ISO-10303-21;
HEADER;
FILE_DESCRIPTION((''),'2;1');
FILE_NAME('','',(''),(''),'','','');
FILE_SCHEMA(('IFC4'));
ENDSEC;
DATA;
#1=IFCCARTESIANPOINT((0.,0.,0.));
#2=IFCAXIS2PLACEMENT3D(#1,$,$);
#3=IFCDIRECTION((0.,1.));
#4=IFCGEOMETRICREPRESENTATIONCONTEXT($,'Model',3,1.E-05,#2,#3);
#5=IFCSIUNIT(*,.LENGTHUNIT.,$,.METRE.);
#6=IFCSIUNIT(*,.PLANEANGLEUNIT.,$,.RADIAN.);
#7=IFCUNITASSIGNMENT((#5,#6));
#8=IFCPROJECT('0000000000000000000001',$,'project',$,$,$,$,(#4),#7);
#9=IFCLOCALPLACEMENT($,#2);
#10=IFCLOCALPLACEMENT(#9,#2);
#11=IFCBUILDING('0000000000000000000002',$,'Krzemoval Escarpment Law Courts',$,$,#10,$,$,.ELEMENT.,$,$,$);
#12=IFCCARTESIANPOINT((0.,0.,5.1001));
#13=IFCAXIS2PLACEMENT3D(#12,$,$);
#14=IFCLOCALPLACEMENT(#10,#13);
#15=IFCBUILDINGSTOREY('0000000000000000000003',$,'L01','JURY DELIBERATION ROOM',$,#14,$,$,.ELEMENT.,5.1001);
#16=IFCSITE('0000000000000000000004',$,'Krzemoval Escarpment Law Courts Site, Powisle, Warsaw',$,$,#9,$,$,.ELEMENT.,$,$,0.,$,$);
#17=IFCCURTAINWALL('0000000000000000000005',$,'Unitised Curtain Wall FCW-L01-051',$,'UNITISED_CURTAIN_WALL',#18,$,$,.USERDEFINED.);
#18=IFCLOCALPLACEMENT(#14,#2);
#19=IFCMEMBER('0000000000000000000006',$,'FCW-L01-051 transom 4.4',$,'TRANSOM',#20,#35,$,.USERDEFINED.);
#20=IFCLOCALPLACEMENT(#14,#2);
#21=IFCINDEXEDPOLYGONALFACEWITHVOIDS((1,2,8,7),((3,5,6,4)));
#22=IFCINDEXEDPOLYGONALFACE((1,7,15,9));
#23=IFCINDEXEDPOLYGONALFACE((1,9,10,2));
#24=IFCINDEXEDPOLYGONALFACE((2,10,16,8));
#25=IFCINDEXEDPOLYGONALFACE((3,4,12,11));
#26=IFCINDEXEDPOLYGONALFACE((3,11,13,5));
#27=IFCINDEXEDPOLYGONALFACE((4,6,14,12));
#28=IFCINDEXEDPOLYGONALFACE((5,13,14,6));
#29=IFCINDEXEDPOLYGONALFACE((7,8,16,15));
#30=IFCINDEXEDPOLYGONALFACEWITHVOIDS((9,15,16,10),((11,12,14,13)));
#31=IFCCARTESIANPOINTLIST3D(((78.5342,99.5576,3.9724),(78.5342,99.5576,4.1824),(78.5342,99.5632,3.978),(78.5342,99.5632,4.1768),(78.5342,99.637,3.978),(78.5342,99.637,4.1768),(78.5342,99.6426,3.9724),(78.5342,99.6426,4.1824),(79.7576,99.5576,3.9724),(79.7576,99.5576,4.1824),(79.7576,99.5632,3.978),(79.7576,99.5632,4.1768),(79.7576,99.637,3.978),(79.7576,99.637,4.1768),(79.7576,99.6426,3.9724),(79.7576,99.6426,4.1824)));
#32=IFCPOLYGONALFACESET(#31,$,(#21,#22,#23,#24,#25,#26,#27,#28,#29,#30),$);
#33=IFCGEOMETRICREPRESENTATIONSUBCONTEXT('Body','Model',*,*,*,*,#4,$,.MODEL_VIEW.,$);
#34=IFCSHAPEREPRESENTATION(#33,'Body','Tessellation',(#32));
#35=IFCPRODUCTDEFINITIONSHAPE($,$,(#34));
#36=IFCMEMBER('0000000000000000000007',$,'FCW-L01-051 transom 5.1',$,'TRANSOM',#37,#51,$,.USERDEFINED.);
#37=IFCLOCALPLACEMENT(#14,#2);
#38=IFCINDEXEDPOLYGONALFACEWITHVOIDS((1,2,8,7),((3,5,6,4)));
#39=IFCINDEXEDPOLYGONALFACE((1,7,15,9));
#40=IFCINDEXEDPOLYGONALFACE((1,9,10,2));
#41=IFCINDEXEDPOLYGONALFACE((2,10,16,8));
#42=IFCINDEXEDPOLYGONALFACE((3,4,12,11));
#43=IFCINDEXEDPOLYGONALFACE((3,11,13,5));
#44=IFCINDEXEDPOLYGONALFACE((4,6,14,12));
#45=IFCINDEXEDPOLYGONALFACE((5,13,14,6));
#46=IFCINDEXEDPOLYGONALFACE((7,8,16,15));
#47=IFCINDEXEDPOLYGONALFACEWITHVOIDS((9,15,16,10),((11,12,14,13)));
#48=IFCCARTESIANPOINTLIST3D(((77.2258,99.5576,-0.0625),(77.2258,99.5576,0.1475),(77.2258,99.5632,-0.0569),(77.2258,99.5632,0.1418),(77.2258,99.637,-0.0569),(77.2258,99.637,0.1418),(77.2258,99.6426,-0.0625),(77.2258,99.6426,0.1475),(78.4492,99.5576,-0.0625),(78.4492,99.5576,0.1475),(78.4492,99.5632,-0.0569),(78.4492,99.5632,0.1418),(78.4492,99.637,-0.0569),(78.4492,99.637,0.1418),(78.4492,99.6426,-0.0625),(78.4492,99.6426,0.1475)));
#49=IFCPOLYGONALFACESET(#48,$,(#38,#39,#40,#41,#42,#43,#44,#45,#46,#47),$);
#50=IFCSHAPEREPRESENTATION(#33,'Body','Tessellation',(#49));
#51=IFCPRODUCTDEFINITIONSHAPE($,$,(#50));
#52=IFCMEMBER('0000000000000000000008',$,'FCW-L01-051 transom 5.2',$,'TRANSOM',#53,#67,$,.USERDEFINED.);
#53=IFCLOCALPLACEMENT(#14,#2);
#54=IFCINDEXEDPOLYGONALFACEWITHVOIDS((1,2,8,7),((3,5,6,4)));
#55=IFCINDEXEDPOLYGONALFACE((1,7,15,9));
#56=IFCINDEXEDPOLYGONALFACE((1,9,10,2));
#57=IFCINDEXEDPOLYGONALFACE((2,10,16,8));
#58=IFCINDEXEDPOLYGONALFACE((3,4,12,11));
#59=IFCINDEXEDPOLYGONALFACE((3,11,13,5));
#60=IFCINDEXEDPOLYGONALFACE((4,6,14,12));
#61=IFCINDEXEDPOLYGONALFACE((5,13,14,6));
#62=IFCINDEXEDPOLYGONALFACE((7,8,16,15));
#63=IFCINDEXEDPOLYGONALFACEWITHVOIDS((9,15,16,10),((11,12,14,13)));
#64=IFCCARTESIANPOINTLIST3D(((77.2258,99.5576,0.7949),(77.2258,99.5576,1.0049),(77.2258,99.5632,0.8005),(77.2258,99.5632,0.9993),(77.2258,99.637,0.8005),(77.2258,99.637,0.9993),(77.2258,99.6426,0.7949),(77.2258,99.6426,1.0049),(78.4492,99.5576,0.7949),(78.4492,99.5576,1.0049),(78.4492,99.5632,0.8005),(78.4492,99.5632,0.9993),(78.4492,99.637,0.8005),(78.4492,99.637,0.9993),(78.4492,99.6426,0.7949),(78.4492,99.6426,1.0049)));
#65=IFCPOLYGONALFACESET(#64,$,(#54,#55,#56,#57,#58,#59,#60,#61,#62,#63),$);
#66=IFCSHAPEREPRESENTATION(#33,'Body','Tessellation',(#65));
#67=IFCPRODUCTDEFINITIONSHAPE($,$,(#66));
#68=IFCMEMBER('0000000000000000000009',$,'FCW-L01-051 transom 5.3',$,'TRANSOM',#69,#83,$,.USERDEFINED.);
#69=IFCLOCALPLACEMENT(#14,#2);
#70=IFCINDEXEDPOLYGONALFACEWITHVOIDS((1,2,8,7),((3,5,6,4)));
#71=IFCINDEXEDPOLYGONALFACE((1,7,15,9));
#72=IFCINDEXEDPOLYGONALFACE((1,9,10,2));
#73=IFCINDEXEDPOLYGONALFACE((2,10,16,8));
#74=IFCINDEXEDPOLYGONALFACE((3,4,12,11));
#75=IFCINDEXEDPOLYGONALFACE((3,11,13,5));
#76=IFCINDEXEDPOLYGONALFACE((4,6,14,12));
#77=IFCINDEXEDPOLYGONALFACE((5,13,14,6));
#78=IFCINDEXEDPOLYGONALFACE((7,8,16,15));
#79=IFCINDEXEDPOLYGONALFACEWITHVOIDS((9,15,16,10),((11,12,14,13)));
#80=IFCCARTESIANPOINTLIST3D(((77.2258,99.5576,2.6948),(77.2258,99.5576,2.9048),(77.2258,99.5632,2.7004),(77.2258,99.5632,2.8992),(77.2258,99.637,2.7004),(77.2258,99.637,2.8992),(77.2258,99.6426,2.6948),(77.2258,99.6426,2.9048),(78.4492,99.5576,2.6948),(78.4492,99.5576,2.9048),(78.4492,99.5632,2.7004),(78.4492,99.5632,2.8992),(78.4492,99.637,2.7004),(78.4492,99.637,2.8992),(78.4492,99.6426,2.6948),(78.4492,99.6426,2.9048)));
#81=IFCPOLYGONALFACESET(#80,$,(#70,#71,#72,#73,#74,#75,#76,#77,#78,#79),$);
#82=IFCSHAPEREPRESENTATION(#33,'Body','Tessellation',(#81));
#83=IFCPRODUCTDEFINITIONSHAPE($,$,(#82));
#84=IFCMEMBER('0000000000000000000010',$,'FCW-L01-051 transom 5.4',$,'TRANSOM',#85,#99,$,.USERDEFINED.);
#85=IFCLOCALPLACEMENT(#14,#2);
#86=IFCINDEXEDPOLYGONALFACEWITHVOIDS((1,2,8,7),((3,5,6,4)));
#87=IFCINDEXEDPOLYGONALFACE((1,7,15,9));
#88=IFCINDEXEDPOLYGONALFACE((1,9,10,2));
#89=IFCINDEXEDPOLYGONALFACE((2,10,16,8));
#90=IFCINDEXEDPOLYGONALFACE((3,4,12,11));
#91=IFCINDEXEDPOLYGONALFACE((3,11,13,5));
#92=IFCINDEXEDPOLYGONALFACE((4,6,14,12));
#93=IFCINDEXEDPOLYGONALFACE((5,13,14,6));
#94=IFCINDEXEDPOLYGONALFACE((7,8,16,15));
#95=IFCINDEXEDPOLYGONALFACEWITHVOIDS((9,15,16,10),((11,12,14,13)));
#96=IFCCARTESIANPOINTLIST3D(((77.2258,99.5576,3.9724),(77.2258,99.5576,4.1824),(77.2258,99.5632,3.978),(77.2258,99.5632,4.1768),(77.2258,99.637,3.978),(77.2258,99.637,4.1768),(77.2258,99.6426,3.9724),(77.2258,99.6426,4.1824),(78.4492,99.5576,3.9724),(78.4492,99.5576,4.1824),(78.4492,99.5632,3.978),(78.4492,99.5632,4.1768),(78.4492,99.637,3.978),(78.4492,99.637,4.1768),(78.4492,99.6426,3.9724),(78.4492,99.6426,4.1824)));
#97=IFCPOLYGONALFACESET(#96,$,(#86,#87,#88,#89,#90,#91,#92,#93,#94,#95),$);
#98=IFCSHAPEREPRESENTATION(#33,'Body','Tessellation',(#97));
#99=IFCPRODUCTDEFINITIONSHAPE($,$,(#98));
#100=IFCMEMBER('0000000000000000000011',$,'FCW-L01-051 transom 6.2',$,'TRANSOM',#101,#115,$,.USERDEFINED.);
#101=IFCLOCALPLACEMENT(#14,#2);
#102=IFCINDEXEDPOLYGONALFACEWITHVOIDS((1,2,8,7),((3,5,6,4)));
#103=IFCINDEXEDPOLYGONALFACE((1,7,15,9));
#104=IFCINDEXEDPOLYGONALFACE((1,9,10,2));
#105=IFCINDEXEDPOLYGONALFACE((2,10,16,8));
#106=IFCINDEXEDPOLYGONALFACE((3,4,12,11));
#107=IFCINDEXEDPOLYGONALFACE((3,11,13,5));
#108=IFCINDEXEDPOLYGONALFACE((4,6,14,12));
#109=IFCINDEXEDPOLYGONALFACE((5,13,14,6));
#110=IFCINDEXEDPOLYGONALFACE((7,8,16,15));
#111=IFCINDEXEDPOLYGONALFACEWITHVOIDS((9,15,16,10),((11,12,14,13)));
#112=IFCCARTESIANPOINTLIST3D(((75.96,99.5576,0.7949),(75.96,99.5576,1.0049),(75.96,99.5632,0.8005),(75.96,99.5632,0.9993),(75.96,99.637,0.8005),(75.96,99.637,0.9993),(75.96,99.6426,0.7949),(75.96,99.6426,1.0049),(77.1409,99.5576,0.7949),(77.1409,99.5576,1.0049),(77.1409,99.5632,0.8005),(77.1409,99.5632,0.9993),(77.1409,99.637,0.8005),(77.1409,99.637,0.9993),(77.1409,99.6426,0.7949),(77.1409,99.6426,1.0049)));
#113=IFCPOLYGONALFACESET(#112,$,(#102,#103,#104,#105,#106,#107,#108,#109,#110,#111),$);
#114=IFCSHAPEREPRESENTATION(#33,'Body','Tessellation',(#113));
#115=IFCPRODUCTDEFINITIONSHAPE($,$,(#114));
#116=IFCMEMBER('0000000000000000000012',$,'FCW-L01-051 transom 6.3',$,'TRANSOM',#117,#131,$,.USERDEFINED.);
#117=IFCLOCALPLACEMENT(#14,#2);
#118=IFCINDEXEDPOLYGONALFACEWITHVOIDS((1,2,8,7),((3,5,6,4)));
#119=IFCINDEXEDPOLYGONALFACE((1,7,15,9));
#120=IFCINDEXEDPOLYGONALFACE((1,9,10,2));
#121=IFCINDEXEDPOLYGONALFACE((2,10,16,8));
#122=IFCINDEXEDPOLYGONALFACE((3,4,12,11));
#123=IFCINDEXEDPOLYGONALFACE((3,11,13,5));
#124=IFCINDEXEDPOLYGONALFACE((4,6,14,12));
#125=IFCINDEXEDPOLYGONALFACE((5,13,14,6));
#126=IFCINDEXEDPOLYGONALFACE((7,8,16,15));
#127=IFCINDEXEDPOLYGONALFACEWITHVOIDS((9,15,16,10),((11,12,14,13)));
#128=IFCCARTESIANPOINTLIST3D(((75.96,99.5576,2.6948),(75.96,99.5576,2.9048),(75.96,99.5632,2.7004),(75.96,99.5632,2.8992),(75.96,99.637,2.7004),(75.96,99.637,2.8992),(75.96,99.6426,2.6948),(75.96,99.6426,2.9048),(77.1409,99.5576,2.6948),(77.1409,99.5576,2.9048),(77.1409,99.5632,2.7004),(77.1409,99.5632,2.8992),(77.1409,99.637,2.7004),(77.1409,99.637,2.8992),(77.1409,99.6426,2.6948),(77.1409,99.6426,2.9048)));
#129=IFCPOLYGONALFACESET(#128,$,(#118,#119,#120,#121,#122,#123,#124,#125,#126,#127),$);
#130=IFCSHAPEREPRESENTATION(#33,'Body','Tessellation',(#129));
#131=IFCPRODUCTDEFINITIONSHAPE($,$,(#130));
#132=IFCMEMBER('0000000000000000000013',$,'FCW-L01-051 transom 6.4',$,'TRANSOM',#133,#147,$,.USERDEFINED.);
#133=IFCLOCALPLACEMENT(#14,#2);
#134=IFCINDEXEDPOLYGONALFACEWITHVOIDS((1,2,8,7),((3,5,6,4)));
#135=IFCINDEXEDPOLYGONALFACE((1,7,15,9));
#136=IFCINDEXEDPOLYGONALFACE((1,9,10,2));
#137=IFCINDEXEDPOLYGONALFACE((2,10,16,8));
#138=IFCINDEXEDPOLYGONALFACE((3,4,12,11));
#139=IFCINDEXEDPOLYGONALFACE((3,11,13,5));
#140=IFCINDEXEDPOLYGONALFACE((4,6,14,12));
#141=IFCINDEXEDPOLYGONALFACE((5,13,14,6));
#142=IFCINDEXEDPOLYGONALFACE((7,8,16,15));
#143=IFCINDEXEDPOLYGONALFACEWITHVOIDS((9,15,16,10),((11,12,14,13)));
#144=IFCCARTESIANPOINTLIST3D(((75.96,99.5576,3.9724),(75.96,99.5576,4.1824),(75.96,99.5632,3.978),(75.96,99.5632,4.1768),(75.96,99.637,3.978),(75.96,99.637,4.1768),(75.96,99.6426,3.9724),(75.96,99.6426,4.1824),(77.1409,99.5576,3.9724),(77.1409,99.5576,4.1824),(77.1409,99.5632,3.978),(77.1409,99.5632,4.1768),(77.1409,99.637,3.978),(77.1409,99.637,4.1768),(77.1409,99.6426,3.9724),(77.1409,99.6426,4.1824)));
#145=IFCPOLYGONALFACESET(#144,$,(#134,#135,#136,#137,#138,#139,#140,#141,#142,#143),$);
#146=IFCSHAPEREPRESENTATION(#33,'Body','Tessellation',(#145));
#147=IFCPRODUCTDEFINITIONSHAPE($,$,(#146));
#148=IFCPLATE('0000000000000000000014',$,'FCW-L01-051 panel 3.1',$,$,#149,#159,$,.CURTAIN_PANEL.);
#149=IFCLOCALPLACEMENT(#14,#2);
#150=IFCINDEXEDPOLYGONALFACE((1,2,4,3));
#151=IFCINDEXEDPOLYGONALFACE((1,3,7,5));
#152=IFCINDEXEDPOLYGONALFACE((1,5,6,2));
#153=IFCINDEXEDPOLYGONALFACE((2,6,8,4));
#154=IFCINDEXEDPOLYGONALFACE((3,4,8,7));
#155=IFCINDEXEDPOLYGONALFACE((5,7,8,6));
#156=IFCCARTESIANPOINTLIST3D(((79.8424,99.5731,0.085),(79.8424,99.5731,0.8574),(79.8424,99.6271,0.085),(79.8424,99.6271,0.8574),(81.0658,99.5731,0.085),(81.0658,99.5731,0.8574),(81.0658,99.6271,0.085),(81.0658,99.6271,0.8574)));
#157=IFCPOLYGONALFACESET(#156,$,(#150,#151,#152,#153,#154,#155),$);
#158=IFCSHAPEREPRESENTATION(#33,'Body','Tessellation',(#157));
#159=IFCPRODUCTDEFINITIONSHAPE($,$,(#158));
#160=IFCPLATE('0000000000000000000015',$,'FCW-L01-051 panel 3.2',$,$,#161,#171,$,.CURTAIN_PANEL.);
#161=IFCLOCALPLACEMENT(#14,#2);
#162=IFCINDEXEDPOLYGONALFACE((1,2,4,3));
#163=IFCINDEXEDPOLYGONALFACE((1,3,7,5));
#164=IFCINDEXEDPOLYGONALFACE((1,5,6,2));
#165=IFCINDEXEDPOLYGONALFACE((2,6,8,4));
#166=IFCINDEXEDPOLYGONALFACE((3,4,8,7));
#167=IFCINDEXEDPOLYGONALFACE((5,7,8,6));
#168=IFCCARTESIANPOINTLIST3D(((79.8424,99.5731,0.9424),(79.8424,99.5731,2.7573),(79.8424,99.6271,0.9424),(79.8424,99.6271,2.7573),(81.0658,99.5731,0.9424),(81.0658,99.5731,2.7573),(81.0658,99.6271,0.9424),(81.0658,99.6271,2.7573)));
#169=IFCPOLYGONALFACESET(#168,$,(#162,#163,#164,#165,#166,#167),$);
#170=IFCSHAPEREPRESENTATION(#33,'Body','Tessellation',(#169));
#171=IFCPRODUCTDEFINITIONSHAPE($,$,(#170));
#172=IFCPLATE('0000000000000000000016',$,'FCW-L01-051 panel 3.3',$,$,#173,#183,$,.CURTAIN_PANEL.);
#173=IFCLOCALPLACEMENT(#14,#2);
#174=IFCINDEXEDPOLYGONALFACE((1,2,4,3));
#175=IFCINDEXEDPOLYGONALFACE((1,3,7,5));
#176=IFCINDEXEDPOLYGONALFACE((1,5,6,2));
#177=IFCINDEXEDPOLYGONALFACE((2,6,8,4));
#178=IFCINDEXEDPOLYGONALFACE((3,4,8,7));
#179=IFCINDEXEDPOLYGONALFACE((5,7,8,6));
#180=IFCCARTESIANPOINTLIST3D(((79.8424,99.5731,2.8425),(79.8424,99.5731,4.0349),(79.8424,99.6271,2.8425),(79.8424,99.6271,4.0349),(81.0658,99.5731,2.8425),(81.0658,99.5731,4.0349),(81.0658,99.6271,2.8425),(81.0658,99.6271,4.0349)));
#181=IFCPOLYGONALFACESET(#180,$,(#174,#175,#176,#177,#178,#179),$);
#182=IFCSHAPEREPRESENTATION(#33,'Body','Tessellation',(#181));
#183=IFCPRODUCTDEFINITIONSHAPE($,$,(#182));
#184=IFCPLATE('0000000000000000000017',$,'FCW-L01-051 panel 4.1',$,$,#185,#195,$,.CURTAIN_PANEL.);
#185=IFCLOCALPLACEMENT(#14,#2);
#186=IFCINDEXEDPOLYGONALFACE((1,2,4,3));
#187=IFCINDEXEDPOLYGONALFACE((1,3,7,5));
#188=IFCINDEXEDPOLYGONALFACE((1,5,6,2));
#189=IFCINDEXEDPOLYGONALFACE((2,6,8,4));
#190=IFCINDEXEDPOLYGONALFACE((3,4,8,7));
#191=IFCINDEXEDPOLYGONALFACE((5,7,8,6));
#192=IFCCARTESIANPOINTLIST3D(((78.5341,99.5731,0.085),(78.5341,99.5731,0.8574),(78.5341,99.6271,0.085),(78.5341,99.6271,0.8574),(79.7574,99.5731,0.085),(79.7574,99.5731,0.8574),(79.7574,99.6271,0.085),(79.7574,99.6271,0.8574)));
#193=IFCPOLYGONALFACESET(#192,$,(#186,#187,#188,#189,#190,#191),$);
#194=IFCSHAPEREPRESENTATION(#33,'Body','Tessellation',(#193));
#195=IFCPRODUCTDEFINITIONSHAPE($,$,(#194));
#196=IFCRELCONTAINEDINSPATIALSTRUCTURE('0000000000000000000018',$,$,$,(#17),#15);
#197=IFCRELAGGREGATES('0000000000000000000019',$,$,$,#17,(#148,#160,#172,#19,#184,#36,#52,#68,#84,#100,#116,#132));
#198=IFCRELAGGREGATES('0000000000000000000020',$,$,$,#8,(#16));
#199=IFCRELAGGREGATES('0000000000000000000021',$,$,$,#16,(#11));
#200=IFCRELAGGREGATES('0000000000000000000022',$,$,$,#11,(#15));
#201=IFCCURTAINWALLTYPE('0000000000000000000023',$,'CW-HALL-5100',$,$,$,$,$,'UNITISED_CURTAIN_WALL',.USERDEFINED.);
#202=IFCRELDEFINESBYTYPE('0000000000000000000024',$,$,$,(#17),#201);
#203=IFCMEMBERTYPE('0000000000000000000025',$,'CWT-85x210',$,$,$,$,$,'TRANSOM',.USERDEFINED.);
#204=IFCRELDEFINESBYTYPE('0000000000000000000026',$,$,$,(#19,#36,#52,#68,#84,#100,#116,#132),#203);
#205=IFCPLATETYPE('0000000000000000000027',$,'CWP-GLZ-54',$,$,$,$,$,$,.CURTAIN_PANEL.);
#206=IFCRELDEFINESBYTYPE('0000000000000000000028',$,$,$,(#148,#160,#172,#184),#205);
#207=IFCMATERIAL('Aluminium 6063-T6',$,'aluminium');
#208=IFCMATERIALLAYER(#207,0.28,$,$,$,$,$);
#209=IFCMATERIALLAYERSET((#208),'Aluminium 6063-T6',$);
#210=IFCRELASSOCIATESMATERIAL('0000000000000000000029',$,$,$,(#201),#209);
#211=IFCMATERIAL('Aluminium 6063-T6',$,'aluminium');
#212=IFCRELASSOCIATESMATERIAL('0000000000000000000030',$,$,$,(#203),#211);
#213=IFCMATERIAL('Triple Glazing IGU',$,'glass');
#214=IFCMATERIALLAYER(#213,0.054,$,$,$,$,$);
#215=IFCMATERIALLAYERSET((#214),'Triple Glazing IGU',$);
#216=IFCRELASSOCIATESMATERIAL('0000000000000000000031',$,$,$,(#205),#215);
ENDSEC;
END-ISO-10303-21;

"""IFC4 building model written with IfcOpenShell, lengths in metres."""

from ifc_helpers import new_model, si_unit, direction, frame, origin, origin_2d, place, context, subcontext, project, spatial, rectangle, hollow_rectangle, extrude, material, layer, layer_set, material_profile, profile_set, type_object, element, aggregate, save


model = new_model("IFC4")

# Units and contexts
model_context = context("Model", 3, precision=1e-05, world=origin(), true_north=direction((0.0, 1.0)))
body_context = subcontext(model_context, "Body", "Model", "MODEL_VIEW")
ifc_project = project(units=[si_unit("LENGTHUNIT", "METRE"), si_unit("PLANEANGLEUNIT", "RADIAN")], contexts=[model_context])

# Site, building, storey
site_placement = place(None, origin())
site = spatial("IfcSite", under=ifc_project, at=site_placement, Name="Krzemoval Escarpment Law Courts Site, Powisle, Warsaw", CompositionType="ELEMENT", RefElevation=0.0)
building_placement = place(site_placement, origin())
building = spatial("IfcBuilding", under=site, at=building_placement, Name="Krzemoval Escarpment Law Courts", CompositionType="ELEMENT")
storey_placement = place(building_placement, frame((0.0, 0.0, 5.1001)))
storey = spatial("IfcBuildingStorey", under=building, at=storey_placement, Name="L01", Description="JURY DELIBERATION ROOM", CompositionType="ELEMENT", Elevation=5.1001)

# Curtain wall, members, plates
ifc_material_1 = material(Name="Aluminium 6063-T6", Category="aluminium")
ifc_layer_1 = layer(ifc_material_1, 0.28)
ifc_layer_set_1 = layer_set([ifc_layer_1], Name="Aluminium 6063-T6")
curtain_wall_type = type_object("IfcCurtainWallType", Name="CW-HALL-5100", ElementType="UNITISED_CURTAIN_WALL", PredefinedType="USERDEFINED", material=ifc_layer_set_1)
curtain_wall_placement = place(storey_placement, origin())
curtain_wall = element("IfcCurtainWall", 1, at=curtain_wall_placement, inside=storey, type_object=curtain_wall_type, Name="Unitised Curtain Wall FCW-L01-051", ObjectType="UNITISED_CURTAIN_WALL", PredefinedType="USERDEFINED")
ifc_material_2 = material(Name="Aluminium 6063-T6", Category="aluminium")
ifc_material_profile_1 = material_profile(ifc_material_2, hollow_rectangle(XDim=0.085, YDim=0.21, WallThickness=0.0056, at=origin_2d()), Name="ALU T85x210")
ifc_profile_set_1 = profile_set([ifc_material_profile_1], Name="Aluminium 6063-T6")
member_type_1 = type_object("IfcMemberType", Name="CWT-85x210", ElementType="TRANSOM", PredefinedType="USERDEFINED", material=ifc_profile_set_1)
member_1_placement = place(storey_placement, frame((79.7576, 99.6001, 4.0774), z_axis=(-1.0, 0.0, 0.0), x_axis=(0.0, -1.0, 0.0)))
member_1 = element("IfcMember", 2, at=member_1_placement, type_object=member_type_1, Name="FCW-L01-051 transom 4.4", ObjectType="TRANSOM", PredefinedType="USERDEFINED", context=body_context, shape_type="SweptSolid", body=[
    extrude(hollow_rectangle(XDim=0.085, YDim=0.21, WallThickness=0.0056, at=origin_2d()), origin(), (0.0, 0.0, 1.0), 1.2234),
])
member_2_placement = place(storey_placement, frame((78.4492, 99.6001, 0.0425), z_axis=(-1.0, 0.0, 0.0), x_axis=(0.0, -1.0, 0.0)))
member_2 = element("IfcMember", 3, at=member_2_placement, type_object=member_type_1, Name="FCW-L01-051 transom 5.1", ObjectType="TRANSOM", PredefinedType="USERDEFINED", context=body_context, shape_type="SweptSolid", body=[
    extrude(hollow_rectangle(XDim=0.085, YDim=0.21, WallThickness=0.0056, at=origin_2d()), origin(), (0.0, 0.0, 1.0), 1.2234),
])
member_3_placement = place(storey_placement, frame((78.4492, 99.6001, 0.8999), z_axis=(-1.0, 0.0, 0.0), x_axis=(0.0, -1.0, 0.0)))
member_3 = element("IfcMember", 4, at=member_3_placement, type_object=member_type_1, Name="FCW-L01-051 transom 5.2", ObjectType="TRANSOM", PredefinedType="USERDEFINED", context=body_context, shape_type="SweptSolid", body=[
    extrude(hollow_rectangle(XDim=0.085, YDim=0.21, WallThickness=0.0056, at=origin_2d()), origin(), (0.0, 0.0, 1.0), 1.2234),
])
member_4_placement = place(storey_placement, frame((78.4492, 99.6001, 2.7998), z_axis=(-1.0, 0.0, 0.0), x_axis=(0.0, -1.0, 0.0)))
member_4 = element("IfcMember", 5, at=member_4_placement, type_object=member_type_1, Name="FCW-L01-051 transom 5.3", ObjectType="TRANSOM", PredefinedType="USERDEFINED", context=body_context, shape_type="SweptSolid", body=[
    extrude(hollow_rectangle(XDim=0.085, YDim=0.21, WallThickness=0.0056, at=origin_2d()), origin(), (0.0, 0.0, 1.0), 1.2234),
])
member_5_placement = place(storey_placement, frame((78.4492, 99.6001, 4.0774), z_axis=(-1.0, 0.0, 0.0), x_axis=(0.0, -1.0, 0.0)))
member_5 = element("IfcMember", 6, at=member_5_placement, type_object=member_type_1, Name="FCW-L01-051 transom 5.4", ObjectType="TRANSOM", PredefinedType="USERDEFINED", context=body_context, shape_type="SweptSolid", body=[
    extrude(hollow_rectangle(XDim=0.085, YDim=0.21, WallThickness=0.0056, at=origin_2d()), origin(), (0.0, 0.0, 1.0), 1.2234),
])
member_6_placement = place(storey_placement, frame((77.1409, 99.6001, 0.8999), z_axis=(-1.0, 0.0, 0.0), x_axis=(0.0, -1.0, 0.0)))
member_6 = element("IfcMember", 7, at=member_6_placement, type_object=member_type_1, Name="FCW-L01-051 transom 6.2", ObjectType="TRANSOM", PredefinedType="USERDEFINED", context=body_context, shape_type="SweptSolid", body=[
    extrude(hollow_rectangle(XDim=0.085, YDim=0.21, WallThickness=0.0056, at=origin_2d()), origin(), (0.0, 0.0, 1.0), 1.1809),
])
member_7_placement = place(storey_placement, frame((77.1409, 99.6001, 2.7998), z_axis=(-1.0, 0.0, 0.0), x_axis=(0.0, -1.0, 0.0)))
member_7 = element("IfcMember", 8, at=member_7_placement, type_object=member_type_1, Name="FCW-L01-051 transom 6.3", ObjectType="TRANSOM", PredefinedType="USERDEFINED", context=body_context, shape_type="SweptSolid", body=[
    extrude(hollow_rectangle(XDim=0.085, YDim=0.21, WallThickness=0.0056, at=origin_2d()), origin(), (0.0, 0.0, 1.0), 1.1809),
])
member_8_placement = place(storey_placement, frame((77.1409, 99.6001, 4.0774), z_axis=(-1.0, 0.0, 0.0), x_axis=(0.0, -1.0, 0.0)))
member_8 = element("IfcMember", 9, at=member_8_placement, type_object=member_type_1, Name="FCW-L01-051 transom 6.4", ObjectType="TRANSOM", PredefinedType="USERDEFINED", context=body_context, shape_type="SweptSolid", body=[
    extrude(hollow_rectangle(XDim=0.085, YDim=0.21, WallThickness=0.0056, at=origin_2d()), origin(), (0.0, 0.0, 1.0), 1.1809),
])
ifc_material_3 = material(Name="Triple Glazing IGU", Category="glass")
ifc_layer_2 = layer(ifc_material_3, 0.054)
ifc_layer_set_2 = layer_set([ifc_layer_2], Name="Triple Glazing IGU")
plate_type = type_object("IfcPlateType", Name="CWP-GLZ-54", PredefinedType="CURTAIN_PANEL", material=ifc_layer_set_2)
plate_1_placement = place(storey_placement, frame((80.4541, 99.6001, 0.085), z_axis=(0.0, 0.0, 1.0), x_axis=(-1.0, 0.0, 0.0)))
plate_1 = element("IfcPlate", 10, at=plate_1_placement, type_object=plate_type, Name="FCW-L01-051 panel 3.1", PredefinedType="CURTAIN_PANEL", context=body_context, shape_type="SweptSolid", body=[
    extrude(rectangle(XDim=1.2234, YDim=0.054, at=origin_2d()), origin(), (0.0, 0.0, 1.0), 0.7725),
])
plate_2_placement = place(storey_placement, frame((80.4541, 99.6001, 0.9424), z_axis=(0.0, 0.0, 1.0), x_axis=(-1.0, 0.0, 0.0)))
plate_2 = element("IfcPlate", 11, at=plate_2_placement, type_object=plate_type, Name="FCW-L01-051 panel 3.2", PredefinedType="CURTAIN_PANEL", context=body_context, shape_type="SweptSolid", body=[
    extrude(rectangle(XDim=1.2234, YDim=0.054, at=origin_2d()), origin(), (0.0, 0.0, 1.0), 1.8149),
])
plate_3_placement = place(storey_placement, frame((80.4541, 99.6001, 2.8425), z_axis=(0.0, 0.0, 1.0), x_axis=(-1.0, 0.0, 0.0)))
plate_3 = element("IfcPlate", 12, at=plate_3_placement, type_object=plate_type, Name="FCW-L01-051 panel 3.3", PredefinedType="CURTAIN_PANEL", context=body_context, shape_type="SweptSolid", body=[
    extrude(rectangle(XDim=1.2234, YDim=0.054, at=origin_2d()), origin(), (0.0, 0.0, 1.0), 1.1924),
])
plate_4_placement = place(storey_placement, frame((79.1458, 99.6001, 0.085), z_axis=(0.0, 0.0, 1.0), x_axis=(-1.0, 0.0, 0.0)))
plate_4 = element("IfcPlate", 13, at=plate_4_placement, type_object=plate_type, Name="FCW-L01-051 panel 4.1", PredefinedType="CURTAIN_PANEL", context=body_context, shape_type="SweptSolid", body=[
    extrude(rectangle(XDim=1.2234, YDim=0.054, at=origin_2d()), origin(), (0.0, 0.0, 1.0), 0.7725),
])
aggregate(curtain_wall, [plate_1, plate_2, plate_3, member_1, plate_4, member_2, member_3, member_4, member_5, member_6, member_7, member_8])

save(model, "model.ifc")
